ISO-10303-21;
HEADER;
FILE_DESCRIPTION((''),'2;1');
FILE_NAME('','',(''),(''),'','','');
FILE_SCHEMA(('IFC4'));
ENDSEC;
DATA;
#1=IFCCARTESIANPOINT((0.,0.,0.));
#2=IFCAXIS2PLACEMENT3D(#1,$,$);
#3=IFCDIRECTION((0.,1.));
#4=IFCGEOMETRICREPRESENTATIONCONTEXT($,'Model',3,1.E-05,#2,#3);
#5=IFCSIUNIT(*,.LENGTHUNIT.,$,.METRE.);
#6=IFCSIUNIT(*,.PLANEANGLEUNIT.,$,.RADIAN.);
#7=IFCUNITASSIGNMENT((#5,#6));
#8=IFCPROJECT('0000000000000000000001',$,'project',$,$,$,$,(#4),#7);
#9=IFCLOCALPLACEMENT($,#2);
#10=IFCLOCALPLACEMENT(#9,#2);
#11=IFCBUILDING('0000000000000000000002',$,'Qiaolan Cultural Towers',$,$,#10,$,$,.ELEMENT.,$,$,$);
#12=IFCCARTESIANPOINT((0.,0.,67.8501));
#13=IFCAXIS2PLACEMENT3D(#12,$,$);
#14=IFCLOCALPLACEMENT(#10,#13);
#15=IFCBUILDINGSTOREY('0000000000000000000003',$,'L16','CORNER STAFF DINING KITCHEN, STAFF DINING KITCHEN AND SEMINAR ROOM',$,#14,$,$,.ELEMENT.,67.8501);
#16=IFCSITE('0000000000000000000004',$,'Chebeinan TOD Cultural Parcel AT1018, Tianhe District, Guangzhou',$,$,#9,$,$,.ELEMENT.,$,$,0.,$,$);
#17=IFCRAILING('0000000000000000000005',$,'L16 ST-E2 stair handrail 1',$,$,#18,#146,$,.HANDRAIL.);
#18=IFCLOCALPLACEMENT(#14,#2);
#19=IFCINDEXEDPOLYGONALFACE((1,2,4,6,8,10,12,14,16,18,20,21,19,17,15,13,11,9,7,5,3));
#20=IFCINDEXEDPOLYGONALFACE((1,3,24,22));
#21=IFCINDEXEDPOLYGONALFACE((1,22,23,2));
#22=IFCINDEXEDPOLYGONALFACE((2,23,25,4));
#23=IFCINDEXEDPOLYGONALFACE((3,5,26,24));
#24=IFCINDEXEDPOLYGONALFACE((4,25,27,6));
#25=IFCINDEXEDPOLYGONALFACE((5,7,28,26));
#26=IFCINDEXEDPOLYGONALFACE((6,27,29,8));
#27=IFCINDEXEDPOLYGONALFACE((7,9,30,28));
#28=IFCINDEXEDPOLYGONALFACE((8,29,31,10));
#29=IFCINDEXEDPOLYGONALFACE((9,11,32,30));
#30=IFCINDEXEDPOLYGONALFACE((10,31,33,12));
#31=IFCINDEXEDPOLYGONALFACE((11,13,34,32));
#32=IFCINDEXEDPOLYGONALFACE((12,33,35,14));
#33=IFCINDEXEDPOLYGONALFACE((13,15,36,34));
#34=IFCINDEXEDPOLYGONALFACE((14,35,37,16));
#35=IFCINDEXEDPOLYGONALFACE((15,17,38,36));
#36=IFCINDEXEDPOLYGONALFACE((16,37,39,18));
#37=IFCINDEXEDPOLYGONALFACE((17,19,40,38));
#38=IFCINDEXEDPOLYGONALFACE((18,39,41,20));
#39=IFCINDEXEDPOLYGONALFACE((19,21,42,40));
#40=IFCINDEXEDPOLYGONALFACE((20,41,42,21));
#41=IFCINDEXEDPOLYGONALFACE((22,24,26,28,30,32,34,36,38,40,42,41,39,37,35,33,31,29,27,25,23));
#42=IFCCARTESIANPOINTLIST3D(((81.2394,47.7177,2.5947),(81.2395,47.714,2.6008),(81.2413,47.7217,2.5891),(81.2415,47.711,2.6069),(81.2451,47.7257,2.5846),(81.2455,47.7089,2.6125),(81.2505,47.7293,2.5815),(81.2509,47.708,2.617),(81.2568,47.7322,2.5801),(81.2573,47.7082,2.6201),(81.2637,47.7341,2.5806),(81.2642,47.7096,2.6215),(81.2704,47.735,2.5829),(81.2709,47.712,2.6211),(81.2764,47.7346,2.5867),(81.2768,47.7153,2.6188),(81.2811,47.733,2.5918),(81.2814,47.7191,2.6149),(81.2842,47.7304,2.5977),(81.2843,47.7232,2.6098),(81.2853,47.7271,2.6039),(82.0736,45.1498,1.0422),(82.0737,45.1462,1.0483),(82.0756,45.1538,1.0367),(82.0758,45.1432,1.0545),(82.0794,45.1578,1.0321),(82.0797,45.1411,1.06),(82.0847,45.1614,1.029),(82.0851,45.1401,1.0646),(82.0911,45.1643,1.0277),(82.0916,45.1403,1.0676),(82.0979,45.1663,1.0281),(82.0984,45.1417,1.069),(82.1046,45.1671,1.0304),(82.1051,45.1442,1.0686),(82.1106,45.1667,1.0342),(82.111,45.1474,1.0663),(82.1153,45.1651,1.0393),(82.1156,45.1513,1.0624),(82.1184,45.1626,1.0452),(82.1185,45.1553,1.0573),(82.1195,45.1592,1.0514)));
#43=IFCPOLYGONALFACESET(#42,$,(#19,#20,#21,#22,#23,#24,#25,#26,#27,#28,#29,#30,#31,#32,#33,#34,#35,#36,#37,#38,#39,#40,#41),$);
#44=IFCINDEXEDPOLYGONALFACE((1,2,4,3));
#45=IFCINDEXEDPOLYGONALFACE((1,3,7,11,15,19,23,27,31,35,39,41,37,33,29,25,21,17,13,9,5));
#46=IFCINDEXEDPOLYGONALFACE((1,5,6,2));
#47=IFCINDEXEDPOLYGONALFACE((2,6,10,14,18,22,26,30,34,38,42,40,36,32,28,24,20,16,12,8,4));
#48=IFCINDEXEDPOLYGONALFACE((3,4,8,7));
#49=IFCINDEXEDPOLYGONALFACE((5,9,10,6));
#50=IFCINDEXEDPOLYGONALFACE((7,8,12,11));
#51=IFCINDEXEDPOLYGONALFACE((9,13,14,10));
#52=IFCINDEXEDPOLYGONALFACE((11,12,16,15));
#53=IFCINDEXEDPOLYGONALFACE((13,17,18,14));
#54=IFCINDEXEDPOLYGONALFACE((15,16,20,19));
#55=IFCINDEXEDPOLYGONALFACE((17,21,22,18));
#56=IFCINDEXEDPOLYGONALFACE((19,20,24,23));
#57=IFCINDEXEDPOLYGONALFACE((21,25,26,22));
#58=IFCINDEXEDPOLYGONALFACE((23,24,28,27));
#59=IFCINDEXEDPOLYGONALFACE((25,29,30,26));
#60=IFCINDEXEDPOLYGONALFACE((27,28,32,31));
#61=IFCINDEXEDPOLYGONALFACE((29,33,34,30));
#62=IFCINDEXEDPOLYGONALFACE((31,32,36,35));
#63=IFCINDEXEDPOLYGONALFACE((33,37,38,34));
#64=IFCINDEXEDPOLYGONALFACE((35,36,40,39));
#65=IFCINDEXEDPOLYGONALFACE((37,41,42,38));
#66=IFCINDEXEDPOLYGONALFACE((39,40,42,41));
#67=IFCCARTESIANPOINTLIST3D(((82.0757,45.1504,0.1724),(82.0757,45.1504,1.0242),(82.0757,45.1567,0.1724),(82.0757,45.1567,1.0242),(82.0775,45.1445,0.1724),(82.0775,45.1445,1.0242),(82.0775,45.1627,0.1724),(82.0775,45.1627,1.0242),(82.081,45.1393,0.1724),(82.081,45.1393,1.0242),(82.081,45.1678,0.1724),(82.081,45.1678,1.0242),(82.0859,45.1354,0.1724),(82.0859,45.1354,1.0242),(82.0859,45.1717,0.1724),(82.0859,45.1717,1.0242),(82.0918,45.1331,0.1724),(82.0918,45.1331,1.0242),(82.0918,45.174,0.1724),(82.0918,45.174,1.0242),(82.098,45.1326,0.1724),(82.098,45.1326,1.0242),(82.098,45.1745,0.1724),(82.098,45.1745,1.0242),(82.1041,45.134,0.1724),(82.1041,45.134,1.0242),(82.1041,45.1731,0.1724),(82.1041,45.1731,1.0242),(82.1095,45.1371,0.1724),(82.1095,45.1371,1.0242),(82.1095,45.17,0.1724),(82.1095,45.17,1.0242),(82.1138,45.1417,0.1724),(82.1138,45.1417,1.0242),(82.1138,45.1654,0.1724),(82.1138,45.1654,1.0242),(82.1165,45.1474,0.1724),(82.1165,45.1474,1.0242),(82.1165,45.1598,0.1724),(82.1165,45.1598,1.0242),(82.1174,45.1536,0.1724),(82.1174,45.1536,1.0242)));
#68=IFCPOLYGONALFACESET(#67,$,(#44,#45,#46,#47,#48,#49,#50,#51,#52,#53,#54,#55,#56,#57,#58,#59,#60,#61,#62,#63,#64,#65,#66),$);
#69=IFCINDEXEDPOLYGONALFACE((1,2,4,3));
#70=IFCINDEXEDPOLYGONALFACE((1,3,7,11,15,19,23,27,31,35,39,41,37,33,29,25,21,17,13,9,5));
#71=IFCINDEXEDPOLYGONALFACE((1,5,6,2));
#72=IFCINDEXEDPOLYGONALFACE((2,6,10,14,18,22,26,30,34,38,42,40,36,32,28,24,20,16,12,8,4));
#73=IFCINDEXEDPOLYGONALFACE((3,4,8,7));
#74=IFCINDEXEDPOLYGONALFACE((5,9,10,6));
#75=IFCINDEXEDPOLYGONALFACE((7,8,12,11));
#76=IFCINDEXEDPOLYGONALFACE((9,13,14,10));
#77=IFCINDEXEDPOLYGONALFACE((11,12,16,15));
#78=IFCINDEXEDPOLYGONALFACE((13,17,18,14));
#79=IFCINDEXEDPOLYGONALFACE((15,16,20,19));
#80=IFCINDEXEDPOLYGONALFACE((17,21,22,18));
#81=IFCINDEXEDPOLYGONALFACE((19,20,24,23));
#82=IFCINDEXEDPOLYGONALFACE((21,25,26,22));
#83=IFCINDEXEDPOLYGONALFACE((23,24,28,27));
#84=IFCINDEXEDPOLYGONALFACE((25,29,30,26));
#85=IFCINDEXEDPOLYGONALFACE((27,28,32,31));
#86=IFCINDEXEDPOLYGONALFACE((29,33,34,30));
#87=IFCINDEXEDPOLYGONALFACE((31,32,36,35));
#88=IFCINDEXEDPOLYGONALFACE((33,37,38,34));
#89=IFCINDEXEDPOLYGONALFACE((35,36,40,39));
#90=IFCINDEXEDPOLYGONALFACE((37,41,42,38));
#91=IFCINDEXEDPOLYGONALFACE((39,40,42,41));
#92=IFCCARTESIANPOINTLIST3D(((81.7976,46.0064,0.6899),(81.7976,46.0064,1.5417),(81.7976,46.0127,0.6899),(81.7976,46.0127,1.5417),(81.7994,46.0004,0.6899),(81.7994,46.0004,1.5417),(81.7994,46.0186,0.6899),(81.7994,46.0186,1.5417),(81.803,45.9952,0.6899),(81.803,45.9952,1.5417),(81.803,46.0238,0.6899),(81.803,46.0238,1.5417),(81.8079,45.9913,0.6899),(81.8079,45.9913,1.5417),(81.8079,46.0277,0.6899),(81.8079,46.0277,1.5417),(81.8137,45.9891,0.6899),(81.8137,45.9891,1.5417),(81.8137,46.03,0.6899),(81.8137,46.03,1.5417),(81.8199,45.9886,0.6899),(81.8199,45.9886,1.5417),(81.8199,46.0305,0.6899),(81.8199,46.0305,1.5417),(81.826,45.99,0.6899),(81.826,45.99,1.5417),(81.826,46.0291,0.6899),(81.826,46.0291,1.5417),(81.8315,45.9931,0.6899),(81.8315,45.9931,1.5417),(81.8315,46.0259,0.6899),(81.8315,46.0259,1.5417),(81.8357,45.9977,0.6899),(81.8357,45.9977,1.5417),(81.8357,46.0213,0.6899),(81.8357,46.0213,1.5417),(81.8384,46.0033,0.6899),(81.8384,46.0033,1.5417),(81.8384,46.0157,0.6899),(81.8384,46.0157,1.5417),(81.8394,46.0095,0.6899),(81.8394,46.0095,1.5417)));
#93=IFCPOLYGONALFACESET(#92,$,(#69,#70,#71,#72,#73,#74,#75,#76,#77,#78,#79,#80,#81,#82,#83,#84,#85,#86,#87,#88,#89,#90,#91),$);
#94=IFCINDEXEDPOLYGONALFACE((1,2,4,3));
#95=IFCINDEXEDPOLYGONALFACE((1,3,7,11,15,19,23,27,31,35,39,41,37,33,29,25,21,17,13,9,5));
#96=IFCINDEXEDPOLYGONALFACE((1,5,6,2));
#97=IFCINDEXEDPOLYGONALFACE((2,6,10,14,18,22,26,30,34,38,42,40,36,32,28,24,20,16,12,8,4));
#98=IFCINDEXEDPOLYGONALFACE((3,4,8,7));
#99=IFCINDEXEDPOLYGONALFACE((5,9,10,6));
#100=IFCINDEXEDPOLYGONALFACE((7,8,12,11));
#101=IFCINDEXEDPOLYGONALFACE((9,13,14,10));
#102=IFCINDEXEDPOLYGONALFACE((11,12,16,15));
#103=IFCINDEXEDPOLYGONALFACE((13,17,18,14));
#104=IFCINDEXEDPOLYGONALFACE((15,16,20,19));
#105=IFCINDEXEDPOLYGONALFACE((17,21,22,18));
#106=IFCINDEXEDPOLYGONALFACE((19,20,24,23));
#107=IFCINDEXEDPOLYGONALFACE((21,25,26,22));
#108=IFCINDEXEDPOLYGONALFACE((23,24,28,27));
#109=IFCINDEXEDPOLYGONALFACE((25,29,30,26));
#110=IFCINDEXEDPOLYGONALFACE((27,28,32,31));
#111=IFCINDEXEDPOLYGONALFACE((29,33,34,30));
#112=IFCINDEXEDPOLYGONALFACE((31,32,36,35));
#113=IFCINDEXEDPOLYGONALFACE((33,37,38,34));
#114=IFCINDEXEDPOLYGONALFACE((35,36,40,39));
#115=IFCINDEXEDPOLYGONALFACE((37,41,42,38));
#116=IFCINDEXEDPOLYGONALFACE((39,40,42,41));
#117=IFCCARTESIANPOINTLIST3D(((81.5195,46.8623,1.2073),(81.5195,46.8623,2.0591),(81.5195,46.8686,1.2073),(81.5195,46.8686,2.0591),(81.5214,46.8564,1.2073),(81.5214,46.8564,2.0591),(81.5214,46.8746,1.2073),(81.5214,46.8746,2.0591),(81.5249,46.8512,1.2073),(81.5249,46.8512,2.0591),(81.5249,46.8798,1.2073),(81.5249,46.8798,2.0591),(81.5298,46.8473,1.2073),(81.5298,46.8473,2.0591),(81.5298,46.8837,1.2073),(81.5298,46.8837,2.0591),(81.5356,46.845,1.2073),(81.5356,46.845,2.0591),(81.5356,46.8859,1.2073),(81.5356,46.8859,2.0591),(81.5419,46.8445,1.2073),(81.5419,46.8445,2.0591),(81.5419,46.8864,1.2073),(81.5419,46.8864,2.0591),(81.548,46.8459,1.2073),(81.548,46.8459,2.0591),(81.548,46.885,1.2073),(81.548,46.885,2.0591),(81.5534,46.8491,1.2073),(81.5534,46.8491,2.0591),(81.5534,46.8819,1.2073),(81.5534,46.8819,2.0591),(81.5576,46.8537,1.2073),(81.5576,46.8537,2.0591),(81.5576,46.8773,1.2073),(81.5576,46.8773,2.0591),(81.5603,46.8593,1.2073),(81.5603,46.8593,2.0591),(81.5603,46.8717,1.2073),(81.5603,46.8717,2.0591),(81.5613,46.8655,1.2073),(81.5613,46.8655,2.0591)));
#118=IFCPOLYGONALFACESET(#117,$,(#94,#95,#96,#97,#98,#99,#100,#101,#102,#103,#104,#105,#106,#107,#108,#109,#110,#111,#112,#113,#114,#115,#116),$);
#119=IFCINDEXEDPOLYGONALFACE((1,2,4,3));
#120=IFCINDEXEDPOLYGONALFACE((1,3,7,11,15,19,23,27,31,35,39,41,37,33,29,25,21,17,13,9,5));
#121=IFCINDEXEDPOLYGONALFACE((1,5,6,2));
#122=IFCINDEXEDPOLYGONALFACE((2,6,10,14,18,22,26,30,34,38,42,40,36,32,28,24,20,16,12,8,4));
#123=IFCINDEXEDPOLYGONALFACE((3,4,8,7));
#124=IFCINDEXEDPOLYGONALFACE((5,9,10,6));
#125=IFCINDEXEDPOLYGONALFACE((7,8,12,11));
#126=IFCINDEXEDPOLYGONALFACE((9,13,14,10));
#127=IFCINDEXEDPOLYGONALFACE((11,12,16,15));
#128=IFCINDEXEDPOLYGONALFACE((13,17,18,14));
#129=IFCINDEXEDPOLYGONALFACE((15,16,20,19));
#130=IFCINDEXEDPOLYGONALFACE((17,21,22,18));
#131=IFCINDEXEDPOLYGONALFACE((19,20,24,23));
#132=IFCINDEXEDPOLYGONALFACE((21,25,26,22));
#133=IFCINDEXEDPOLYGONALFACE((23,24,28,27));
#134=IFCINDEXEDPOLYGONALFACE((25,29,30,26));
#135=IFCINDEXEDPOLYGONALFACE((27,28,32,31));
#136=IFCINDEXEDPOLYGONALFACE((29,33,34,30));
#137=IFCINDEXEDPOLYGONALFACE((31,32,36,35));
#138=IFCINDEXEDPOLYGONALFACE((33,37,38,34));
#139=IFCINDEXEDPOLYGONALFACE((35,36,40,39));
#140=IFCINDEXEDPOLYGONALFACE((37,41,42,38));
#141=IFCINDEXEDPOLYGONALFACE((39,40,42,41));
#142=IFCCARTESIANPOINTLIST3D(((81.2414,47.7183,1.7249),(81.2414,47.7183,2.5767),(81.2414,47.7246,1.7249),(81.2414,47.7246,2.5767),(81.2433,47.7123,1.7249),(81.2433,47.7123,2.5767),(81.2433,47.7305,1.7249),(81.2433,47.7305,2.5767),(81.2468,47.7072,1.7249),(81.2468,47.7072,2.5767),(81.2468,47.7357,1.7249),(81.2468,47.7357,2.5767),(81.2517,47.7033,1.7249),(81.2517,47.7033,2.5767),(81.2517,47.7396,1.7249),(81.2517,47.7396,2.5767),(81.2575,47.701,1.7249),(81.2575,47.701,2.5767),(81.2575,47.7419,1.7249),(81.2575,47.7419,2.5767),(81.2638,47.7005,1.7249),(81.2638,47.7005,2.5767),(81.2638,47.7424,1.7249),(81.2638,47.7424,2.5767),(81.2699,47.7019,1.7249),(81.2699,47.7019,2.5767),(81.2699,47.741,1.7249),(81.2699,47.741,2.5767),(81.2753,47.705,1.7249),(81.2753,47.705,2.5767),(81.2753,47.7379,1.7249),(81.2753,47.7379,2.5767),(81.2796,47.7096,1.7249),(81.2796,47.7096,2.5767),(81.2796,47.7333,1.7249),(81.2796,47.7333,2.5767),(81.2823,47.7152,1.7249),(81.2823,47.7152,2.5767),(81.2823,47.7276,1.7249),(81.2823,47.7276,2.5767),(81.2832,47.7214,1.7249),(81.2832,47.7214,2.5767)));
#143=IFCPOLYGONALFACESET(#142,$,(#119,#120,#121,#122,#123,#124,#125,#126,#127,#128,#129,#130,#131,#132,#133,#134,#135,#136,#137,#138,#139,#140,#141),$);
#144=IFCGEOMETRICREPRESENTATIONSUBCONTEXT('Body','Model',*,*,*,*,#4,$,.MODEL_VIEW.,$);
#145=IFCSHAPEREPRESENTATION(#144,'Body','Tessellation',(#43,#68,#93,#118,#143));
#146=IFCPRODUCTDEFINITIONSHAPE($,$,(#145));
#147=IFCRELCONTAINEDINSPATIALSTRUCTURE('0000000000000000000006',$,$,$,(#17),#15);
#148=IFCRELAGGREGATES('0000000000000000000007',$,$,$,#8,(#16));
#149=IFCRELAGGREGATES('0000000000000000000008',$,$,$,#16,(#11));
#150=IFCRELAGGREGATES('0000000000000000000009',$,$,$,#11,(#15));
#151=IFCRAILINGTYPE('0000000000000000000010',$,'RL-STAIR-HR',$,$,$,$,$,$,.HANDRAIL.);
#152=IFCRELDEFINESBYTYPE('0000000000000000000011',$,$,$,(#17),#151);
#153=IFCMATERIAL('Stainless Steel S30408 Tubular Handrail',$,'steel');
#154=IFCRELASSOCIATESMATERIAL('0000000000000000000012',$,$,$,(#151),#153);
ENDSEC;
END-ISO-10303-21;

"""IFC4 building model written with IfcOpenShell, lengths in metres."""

from ifc_helpers import new_model, si_unit, direction, frame, origin, origin_2d, place, context, subcontext, project, spatial, circle, extrude, material, type_object, element, save


model = new_model("IFC4")

# Units and contexts
model_context = context("Model", 3, precision=1e-05, world=origin(), true_north=direction((0.0, 1.0)))
body_context = subcontext(model_context, "Body", "Model", "MODEL_VIEW")
ifc_project = project(units=[si_unit("LENGTHUNIT", "METRE"), si_unit("PLANEANGLEUNIT", "RADIAN")], contexts=[model_context])

# Site, building, storey
site_placement = place(None, origin())
site = spatial("IfcSite", under=ifc_project, at=site_placement, Name="Chebeinan TOD Cultural Parcel AT1018, Tianhe District, Guangzhou", CompositionType="ELEMENT", RefElevation=0.0)
building_placement = place(site_placement, origin())
building = spatial("IfcBuilding", under=site, at=building_placement, Name="Qiaolan Cultural Towers", CompositionType="ELEMENT")
storey_placement = place(building_placement, frame((0.0, 0.0, 67.8501)))
storey = spatial("IfcBuildingStorey", under=building, at=storey_placement, Name="L16", Description="CORNER STAFF DINING KITCHEN, STAFF DINING KITCHEN AND SEMINAR ROOM", CompositionType="ELEMENT", Elevation=67.8501)

# Railing
ifc_material_1 = material(Name="Stainless Steel S30408 Tubular Handrail", Category="steel")
railing_type_1 = type_object("IfcRailingType", Name="RL-STAIR-HR", PredefinedType="HANDRAIL", material=ifc_material_1)
railing_1_placement = place(storey_placement, frame((82.0964, 45.1536, 0.1724)))
element("IfcRailing", 1, at=railing_1_placement, inside=storey, type_object=railing_type_1, Name="L16 ST-E2 stair handrail 1", PredefinedType="HANDRAIL", context=body_context, shape_type="SweptSolid", body=[
    extrude(circle(Radius=0.0239, at=origin_2d()), frame((0.0, 0.0, 0.876), z_axis=(-0.267853, 0.824488, 0.498471), x_axis=(-0.95107, -0.308976, 0.0)), (0.0, 0.0, 1.0), 3.1145),
    extrude(circle(Radius=0.021, at=origin_2d()), origin(), (0.0, 0.0, 1.0), 0.8518),
    extrude(circle(Radius=0.021, at=origin_2d()), frame((-0.2781, 0.856, 0.5176)), (0.0, 0.0, 1.0), 0.8518),
    extrude(circle(Radius=0.021, at=origin_2d()), frame((-0.5562, 1.7119, 1.0349)), (0.0, 0.0, 1.0), 0.8518),
    extrude(circle(Radius=0.021, at=origin_2d()), frame((-0.8342, 2.5679, 1.5525)), (0.0, 0.0, 1.0), 0.8518),
])

save(model, "model.ifc")
